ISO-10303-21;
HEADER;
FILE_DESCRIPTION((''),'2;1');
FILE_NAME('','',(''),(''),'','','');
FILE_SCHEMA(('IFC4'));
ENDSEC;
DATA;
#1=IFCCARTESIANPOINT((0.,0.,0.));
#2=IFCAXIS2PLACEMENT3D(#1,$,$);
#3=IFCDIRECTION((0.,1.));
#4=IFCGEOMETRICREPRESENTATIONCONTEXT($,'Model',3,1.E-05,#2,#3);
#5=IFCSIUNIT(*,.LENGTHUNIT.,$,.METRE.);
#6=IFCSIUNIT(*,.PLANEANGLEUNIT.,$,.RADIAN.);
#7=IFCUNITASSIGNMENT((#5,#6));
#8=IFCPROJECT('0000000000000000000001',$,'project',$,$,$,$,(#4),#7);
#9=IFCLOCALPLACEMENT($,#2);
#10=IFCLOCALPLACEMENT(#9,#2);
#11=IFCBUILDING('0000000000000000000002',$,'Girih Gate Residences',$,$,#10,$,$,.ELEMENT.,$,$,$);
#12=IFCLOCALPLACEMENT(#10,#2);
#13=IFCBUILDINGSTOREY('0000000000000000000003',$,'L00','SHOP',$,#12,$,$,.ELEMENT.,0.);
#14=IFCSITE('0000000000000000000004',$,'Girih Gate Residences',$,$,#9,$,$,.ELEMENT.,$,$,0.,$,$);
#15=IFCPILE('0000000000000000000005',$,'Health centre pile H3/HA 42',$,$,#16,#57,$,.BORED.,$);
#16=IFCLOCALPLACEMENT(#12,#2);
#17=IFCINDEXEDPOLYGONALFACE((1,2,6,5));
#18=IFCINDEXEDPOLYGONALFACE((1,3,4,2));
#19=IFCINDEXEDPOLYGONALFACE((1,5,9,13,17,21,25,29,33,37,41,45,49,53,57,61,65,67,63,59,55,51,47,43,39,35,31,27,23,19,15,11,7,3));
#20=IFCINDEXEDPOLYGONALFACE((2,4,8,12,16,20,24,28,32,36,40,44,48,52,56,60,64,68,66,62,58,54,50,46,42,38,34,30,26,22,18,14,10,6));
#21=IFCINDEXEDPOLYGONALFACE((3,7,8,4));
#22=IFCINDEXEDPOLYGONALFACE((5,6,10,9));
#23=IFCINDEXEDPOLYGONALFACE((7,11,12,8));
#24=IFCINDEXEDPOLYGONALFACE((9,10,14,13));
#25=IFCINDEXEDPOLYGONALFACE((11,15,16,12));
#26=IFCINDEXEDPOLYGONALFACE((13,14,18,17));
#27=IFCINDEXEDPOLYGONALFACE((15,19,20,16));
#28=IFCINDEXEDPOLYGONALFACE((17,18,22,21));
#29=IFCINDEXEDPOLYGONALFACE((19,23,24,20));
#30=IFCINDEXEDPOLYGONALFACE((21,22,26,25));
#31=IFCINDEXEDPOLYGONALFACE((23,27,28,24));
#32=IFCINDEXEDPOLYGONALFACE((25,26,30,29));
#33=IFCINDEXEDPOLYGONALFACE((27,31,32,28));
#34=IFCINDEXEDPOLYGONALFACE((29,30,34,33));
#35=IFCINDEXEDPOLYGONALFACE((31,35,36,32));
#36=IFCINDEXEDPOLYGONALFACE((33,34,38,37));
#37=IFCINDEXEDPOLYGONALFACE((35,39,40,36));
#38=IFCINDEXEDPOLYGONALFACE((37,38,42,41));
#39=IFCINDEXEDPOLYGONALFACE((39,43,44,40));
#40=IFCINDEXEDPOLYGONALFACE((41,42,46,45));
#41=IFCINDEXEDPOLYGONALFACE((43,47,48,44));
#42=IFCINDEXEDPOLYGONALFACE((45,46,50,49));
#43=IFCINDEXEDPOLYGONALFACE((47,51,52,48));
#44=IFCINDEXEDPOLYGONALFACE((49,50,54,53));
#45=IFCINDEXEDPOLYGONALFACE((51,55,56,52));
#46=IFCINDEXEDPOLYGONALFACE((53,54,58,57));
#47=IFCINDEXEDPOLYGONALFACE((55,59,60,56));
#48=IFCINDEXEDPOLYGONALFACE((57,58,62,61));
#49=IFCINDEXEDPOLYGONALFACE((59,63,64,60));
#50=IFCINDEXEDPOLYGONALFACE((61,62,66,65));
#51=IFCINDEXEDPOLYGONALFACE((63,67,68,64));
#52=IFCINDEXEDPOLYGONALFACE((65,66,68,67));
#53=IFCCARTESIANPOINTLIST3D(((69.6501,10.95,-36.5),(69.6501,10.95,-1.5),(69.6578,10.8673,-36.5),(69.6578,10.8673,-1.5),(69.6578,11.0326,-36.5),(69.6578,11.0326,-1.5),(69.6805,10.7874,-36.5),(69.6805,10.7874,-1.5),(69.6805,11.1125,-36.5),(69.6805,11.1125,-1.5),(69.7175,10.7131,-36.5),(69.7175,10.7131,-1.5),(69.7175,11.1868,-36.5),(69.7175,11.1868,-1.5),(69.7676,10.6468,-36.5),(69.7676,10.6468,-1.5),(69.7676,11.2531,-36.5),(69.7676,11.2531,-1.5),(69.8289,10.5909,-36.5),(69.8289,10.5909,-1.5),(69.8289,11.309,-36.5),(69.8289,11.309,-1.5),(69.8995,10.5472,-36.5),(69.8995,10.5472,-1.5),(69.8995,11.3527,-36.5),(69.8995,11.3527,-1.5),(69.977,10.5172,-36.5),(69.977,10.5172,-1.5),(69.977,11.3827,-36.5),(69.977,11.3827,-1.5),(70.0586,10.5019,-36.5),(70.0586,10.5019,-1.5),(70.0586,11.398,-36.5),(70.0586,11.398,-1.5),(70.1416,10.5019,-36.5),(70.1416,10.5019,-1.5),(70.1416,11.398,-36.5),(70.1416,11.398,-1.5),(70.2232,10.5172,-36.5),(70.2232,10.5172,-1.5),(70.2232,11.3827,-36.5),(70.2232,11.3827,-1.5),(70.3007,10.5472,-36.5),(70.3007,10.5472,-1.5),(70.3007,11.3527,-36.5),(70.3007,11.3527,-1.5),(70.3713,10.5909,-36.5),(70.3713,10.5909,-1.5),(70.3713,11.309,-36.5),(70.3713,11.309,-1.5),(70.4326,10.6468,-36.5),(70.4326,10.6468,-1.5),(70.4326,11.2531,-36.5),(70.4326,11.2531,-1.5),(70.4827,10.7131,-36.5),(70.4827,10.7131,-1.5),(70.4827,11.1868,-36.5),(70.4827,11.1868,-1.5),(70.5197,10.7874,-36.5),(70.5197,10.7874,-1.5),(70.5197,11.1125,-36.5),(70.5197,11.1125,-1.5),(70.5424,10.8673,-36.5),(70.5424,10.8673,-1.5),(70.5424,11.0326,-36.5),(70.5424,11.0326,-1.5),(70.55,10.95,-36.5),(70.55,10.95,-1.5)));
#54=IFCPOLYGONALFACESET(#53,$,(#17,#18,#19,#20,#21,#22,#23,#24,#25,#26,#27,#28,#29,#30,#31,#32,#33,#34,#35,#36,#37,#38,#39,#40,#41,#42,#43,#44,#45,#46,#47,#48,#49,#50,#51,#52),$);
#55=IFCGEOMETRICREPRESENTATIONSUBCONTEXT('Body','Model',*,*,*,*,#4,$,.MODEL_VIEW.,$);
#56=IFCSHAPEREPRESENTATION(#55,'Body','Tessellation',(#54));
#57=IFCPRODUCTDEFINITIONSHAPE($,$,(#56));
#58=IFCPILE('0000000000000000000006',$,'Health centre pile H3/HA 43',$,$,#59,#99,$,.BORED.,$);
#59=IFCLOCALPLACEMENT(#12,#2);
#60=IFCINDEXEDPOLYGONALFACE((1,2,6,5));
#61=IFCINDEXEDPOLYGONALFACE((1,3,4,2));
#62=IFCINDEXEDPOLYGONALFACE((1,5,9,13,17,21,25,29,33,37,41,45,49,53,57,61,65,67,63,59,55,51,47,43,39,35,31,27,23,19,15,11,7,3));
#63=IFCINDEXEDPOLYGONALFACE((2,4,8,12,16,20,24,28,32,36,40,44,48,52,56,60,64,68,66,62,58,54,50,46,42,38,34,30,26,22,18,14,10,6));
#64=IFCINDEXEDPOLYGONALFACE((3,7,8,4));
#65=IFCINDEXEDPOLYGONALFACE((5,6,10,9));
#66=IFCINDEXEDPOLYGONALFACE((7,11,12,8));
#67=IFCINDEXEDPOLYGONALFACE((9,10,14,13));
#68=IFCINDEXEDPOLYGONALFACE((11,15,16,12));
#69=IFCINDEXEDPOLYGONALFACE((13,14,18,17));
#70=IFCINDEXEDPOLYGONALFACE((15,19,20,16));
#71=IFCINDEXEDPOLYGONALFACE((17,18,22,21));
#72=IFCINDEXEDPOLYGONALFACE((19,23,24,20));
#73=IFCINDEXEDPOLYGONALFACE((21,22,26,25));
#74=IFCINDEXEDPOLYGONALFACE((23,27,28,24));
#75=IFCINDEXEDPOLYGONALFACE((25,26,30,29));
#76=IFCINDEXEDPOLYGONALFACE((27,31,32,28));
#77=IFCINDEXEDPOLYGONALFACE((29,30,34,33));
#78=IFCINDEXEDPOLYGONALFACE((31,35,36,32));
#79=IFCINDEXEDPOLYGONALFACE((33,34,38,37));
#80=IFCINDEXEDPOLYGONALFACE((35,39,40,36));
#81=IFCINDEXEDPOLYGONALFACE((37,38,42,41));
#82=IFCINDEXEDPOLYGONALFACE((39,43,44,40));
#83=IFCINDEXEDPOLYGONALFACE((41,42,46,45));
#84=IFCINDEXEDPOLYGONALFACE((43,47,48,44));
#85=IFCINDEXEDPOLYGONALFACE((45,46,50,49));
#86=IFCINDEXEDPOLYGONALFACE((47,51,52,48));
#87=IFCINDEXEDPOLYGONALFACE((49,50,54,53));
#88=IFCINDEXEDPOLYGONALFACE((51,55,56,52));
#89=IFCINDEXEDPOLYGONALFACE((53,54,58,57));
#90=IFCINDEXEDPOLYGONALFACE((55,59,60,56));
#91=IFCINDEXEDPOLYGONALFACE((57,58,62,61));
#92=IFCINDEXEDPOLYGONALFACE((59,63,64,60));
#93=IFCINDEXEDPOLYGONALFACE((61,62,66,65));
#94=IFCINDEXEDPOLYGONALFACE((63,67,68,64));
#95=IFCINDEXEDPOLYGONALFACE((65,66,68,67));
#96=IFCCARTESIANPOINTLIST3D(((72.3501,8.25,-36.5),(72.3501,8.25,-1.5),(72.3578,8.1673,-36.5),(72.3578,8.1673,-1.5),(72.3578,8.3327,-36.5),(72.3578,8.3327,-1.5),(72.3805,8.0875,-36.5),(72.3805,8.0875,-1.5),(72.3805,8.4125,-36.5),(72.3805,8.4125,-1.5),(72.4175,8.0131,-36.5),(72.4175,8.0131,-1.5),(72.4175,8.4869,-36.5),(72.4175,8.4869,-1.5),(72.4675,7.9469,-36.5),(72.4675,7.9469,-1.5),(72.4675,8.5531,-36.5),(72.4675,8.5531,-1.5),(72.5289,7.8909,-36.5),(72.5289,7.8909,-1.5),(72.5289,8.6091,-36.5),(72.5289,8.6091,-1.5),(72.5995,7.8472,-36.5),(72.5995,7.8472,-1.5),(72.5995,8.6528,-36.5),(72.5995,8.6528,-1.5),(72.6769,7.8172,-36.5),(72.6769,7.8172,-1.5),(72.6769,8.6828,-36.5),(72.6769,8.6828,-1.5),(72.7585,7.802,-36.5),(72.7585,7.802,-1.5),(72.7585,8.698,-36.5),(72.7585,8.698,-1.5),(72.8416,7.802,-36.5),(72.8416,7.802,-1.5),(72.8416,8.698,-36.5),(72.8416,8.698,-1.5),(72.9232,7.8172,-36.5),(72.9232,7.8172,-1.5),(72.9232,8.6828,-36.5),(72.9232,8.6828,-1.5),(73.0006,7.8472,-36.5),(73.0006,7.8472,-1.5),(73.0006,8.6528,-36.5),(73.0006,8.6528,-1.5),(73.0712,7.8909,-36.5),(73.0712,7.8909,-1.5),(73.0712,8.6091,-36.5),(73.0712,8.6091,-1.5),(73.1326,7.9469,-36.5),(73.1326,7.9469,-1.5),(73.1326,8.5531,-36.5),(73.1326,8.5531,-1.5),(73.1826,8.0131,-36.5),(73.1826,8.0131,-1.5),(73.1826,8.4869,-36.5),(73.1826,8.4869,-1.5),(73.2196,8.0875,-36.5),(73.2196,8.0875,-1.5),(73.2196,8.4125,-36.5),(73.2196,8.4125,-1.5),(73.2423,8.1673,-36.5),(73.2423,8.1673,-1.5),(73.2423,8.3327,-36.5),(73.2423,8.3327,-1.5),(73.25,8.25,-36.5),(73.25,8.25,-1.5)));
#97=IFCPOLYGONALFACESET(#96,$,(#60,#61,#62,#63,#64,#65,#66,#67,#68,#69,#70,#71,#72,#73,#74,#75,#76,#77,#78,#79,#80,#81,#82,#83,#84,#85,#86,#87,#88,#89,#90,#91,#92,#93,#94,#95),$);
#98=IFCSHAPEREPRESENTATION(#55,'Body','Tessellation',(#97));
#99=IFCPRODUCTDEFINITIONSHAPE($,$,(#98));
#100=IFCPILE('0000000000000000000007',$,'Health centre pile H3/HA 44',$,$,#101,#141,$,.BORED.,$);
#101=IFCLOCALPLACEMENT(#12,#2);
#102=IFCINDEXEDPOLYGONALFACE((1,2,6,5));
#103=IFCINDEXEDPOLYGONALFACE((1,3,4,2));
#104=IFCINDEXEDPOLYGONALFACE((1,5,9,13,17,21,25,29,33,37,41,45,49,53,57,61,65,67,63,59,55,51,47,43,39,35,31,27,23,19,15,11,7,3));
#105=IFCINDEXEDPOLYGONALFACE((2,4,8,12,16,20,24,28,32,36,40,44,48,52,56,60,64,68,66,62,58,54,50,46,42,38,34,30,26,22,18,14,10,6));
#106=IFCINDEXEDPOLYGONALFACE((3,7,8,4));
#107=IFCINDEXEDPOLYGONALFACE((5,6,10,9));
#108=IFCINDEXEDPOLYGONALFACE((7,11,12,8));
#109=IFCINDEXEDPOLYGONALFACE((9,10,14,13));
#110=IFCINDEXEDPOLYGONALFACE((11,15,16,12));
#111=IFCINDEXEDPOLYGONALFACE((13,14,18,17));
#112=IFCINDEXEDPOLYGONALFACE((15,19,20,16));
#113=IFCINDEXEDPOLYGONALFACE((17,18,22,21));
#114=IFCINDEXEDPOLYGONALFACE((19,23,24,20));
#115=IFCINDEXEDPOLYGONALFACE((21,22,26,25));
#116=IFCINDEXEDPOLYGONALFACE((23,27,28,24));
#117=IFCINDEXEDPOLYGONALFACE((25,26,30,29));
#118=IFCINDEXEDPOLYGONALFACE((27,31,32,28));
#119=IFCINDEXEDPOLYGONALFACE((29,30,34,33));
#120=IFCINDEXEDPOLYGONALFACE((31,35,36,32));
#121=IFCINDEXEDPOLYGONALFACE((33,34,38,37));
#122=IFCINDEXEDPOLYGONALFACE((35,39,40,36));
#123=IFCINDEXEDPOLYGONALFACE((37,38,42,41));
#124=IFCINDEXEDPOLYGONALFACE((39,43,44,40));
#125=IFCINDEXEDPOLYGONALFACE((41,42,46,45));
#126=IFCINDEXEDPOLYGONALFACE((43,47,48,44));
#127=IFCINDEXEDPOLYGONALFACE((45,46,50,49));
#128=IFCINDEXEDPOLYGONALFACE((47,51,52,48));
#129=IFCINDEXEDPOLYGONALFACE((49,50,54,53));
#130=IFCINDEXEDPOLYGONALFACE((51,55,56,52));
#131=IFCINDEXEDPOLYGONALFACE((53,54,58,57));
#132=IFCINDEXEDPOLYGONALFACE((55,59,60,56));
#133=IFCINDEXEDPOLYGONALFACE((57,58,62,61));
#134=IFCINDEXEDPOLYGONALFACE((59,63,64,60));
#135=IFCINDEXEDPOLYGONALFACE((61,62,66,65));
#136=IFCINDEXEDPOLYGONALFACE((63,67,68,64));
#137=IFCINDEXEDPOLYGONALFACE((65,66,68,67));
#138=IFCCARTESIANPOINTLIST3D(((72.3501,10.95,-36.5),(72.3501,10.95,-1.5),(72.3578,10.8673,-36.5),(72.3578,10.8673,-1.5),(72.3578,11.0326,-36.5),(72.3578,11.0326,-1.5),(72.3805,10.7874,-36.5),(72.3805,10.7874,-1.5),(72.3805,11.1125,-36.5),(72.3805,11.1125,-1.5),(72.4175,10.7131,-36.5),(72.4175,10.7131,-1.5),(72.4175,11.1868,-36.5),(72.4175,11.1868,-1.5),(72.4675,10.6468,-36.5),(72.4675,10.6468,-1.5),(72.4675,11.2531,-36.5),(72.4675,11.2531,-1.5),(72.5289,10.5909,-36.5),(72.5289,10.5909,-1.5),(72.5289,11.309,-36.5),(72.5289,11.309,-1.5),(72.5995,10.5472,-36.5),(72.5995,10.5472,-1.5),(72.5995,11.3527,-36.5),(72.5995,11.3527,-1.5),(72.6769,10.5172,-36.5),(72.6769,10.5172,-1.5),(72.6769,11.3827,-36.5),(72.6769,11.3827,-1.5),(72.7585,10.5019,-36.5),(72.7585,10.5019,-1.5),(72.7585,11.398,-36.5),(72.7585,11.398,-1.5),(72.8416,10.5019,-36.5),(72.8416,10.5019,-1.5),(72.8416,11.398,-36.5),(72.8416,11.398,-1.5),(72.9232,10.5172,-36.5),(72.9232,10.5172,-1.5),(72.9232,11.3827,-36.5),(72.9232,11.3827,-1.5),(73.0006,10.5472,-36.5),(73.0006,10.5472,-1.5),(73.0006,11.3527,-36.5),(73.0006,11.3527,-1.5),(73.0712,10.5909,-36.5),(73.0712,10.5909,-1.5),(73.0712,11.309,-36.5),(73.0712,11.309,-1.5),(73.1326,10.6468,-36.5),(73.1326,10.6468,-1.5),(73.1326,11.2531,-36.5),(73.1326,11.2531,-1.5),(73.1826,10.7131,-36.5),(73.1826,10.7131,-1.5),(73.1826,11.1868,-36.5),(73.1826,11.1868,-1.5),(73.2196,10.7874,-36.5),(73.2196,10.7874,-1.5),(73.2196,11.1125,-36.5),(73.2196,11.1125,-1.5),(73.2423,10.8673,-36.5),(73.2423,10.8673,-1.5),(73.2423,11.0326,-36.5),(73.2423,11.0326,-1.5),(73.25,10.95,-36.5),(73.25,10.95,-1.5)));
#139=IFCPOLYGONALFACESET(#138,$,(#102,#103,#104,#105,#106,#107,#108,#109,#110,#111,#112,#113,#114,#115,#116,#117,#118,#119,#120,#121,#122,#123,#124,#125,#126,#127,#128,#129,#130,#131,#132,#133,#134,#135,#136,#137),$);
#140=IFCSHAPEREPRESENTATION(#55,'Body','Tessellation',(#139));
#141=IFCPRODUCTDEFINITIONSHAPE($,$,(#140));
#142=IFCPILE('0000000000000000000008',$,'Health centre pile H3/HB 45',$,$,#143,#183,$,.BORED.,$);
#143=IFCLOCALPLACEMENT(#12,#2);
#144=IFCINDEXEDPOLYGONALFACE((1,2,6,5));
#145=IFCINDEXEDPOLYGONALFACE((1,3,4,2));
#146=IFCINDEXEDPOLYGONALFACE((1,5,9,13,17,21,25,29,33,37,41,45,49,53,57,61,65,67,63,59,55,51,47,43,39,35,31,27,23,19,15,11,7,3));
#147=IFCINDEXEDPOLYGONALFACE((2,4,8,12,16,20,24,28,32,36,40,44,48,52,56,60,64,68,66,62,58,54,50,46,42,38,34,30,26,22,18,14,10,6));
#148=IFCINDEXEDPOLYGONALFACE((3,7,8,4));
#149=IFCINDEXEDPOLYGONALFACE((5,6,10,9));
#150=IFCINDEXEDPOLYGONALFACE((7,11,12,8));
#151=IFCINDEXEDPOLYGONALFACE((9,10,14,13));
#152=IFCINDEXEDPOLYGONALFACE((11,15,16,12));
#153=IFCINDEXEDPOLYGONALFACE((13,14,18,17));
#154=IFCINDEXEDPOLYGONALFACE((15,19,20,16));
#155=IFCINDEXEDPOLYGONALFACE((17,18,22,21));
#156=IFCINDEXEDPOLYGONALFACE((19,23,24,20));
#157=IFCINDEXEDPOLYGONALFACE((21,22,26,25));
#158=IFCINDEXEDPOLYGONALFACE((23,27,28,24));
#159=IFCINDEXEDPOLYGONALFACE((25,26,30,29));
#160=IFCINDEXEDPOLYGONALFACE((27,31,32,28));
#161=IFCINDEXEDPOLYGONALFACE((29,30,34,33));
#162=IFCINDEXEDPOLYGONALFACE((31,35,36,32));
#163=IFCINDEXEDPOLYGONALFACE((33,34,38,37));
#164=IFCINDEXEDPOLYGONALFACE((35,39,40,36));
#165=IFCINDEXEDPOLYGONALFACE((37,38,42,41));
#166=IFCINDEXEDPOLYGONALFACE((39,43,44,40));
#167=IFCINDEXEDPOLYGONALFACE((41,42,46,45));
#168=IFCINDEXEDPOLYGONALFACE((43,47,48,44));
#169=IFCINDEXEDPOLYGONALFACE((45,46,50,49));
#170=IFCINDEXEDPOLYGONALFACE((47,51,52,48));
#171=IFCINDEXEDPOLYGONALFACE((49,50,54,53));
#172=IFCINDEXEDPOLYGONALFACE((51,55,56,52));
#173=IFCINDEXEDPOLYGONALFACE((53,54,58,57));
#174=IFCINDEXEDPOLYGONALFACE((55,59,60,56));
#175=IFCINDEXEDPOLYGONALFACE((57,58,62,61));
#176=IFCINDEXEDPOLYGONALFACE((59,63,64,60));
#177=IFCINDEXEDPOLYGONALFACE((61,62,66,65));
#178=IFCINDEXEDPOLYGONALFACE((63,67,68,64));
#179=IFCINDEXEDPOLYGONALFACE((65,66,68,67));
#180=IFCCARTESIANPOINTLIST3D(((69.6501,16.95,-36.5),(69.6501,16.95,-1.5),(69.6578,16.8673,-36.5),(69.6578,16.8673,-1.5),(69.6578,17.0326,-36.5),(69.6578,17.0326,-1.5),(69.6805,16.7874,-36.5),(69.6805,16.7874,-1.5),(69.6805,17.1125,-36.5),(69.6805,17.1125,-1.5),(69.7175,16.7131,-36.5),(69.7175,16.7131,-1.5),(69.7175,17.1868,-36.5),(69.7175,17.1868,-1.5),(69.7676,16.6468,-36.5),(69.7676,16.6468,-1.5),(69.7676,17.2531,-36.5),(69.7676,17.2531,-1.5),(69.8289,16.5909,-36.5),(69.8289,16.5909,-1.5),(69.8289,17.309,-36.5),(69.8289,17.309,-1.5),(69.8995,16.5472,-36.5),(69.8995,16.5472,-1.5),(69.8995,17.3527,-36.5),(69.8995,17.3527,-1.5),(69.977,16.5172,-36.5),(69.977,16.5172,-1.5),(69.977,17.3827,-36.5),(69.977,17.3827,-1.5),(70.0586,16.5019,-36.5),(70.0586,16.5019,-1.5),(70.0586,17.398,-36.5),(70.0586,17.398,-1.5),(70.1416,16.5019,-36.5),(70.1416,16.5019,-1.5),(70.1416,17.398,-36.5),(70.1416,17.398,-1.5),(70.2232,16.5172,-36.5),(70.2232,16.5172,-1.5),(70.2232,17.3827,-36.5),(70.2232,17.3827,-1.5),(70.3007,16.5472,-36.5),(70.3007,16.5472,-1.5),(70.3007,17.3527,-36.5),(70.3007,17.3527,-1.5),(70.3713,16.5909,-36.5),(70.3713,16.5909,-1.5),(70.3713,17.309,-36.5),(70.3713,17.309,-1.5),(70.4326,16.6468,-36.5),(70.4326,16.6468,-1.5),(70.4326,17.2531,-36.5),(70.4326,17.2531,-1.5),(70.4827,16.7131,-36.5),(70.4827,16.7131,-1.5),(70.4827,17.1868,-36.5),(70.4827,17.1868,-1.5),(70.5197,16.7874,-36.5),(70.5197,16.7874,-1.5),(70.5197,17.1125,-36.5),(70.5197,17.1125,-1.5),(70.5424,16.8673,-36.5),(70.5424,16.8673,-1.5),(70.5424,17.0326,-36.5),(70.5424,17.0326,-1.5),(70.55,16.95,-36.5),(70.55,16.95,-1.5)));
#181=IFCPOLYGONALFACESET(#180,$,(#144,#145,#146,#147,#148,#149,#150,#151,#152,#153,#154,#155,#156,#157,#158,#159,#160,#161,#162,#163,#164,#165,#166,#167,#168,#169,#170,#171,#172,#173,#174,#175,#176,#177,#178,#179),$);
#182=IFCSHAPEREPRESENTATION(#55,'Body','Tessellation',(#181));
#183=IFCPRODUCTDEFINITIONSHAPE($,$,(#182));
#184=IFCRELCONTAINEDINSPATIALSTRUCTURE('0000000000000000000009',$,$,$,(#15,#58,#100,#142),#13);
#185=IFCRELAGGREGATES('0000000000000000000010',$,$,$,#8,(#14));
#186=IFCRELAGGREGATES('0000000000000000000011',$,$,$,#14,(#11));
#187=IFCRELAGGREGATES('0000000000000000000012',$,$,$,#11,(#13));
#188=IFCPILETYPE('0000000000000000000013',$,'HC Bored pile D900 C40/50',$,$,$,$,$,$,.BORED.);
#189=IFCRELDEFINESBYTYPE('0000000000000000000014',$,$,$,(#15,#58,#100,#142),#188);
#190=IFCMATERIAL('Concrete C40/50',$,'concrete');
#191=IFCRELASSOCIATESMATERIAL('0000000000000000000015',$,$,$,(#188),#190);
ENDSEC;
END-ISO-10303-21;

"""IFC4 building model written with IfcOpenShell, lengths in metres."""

from ifc_helpers import new_model, si_unit, direction, frame, origin, origin_2d, place, context, subcontext, project, spatial, circle, extrude, material, material_profile, profile_set, type_object, element, save


model = new_model("IFC4")

# Units and contexts
model_context = context("Model", 3, precision=1e-05, world=origin(), true_north=direction((0.0, 1.0)))
body_context = subcontext(model_context, "Body", "Model", "MODEL_VIEW")
ifc_project = project(units=[si_unit("LENGTHUNIT", "METRE"), si_unit("PLANEANGLEUNIT", "RADIAN")], contexts=[model_context])

# Site, building, storey
site_placement = place(None, origin())
site = spatial("IfcSite", under=ifc_project, at=site_placement, Name="Girih Gate Residences", CompositionType="ELEMENT", RefElevation=0.0)
building_placement = place(site_placement, origin())
building = spatial("IfcBuilding", under=site, at=building_placement, Name="Girih Gate Residences", CompositionType="ELEMENT")
storey_placement = place(building_placement, origin())
storey = spatial("IfcBuildingStorey", under=building, at=storey_placement, Name="L00", Description="SHOP", CompositionType="ELEMENT", Elevation=0.0)

# Piles
ifc_material_1 = material(Name="Concrete C40/50", Category="concrete")
ifc_material_profile_1 = material_profile(ifc_material_1, circle(Radius=0.45, at=origin_2d()))
ifc_profile_set_1 = profile_set([ifc_material_profile_1], Name="Concrete C40/50")
pile_type = type_object("IfcPileType", Name="HC Bored pile D900 C40/50", PredefinedType="BORED", material=ifc_profile_set_1)
for number, where, z_axis, x_axis, name in (
    (1, (70.1001, 10.95, -1.5), (0.0, 0.0, -1.0), (1.0, 0.0, 0.0), "Health centre pile H3/HA 42"),
    (2, (72.8, 8.25, -1.5), (0.0, 0.0, -1.0), (1.0, 0.0, 0.0), "Health centre pile H3/HA 43"),
    (3, (72.8, 10.95, -1.5), (0.0, 0.0, -1.0), (1.0, 0.0, 0.0), "Health centre pile H3/HA 44"),
    (4, (70.1001, 16.95, -1.5), (0.0, 0.0, -1.0), (1.0, 0.0, 0.0), "Health centre pile H3/HB 45"),
):
    element("IfcPile", number, at=place(storey_placement, frame(where, z_axis=z_axis, x_axis=x_axis)), inside=storey, type_object=pile_type, Name=name, PredefinedType="BORED", context=body_context, shape_type="SweptSolid", body=[
        extrude(circle(Radius=0.45, at=origin_2d()), origin(), (0.0, 0.0, 1.0), 35.0),
    ])

save(model, "model.ifc")
